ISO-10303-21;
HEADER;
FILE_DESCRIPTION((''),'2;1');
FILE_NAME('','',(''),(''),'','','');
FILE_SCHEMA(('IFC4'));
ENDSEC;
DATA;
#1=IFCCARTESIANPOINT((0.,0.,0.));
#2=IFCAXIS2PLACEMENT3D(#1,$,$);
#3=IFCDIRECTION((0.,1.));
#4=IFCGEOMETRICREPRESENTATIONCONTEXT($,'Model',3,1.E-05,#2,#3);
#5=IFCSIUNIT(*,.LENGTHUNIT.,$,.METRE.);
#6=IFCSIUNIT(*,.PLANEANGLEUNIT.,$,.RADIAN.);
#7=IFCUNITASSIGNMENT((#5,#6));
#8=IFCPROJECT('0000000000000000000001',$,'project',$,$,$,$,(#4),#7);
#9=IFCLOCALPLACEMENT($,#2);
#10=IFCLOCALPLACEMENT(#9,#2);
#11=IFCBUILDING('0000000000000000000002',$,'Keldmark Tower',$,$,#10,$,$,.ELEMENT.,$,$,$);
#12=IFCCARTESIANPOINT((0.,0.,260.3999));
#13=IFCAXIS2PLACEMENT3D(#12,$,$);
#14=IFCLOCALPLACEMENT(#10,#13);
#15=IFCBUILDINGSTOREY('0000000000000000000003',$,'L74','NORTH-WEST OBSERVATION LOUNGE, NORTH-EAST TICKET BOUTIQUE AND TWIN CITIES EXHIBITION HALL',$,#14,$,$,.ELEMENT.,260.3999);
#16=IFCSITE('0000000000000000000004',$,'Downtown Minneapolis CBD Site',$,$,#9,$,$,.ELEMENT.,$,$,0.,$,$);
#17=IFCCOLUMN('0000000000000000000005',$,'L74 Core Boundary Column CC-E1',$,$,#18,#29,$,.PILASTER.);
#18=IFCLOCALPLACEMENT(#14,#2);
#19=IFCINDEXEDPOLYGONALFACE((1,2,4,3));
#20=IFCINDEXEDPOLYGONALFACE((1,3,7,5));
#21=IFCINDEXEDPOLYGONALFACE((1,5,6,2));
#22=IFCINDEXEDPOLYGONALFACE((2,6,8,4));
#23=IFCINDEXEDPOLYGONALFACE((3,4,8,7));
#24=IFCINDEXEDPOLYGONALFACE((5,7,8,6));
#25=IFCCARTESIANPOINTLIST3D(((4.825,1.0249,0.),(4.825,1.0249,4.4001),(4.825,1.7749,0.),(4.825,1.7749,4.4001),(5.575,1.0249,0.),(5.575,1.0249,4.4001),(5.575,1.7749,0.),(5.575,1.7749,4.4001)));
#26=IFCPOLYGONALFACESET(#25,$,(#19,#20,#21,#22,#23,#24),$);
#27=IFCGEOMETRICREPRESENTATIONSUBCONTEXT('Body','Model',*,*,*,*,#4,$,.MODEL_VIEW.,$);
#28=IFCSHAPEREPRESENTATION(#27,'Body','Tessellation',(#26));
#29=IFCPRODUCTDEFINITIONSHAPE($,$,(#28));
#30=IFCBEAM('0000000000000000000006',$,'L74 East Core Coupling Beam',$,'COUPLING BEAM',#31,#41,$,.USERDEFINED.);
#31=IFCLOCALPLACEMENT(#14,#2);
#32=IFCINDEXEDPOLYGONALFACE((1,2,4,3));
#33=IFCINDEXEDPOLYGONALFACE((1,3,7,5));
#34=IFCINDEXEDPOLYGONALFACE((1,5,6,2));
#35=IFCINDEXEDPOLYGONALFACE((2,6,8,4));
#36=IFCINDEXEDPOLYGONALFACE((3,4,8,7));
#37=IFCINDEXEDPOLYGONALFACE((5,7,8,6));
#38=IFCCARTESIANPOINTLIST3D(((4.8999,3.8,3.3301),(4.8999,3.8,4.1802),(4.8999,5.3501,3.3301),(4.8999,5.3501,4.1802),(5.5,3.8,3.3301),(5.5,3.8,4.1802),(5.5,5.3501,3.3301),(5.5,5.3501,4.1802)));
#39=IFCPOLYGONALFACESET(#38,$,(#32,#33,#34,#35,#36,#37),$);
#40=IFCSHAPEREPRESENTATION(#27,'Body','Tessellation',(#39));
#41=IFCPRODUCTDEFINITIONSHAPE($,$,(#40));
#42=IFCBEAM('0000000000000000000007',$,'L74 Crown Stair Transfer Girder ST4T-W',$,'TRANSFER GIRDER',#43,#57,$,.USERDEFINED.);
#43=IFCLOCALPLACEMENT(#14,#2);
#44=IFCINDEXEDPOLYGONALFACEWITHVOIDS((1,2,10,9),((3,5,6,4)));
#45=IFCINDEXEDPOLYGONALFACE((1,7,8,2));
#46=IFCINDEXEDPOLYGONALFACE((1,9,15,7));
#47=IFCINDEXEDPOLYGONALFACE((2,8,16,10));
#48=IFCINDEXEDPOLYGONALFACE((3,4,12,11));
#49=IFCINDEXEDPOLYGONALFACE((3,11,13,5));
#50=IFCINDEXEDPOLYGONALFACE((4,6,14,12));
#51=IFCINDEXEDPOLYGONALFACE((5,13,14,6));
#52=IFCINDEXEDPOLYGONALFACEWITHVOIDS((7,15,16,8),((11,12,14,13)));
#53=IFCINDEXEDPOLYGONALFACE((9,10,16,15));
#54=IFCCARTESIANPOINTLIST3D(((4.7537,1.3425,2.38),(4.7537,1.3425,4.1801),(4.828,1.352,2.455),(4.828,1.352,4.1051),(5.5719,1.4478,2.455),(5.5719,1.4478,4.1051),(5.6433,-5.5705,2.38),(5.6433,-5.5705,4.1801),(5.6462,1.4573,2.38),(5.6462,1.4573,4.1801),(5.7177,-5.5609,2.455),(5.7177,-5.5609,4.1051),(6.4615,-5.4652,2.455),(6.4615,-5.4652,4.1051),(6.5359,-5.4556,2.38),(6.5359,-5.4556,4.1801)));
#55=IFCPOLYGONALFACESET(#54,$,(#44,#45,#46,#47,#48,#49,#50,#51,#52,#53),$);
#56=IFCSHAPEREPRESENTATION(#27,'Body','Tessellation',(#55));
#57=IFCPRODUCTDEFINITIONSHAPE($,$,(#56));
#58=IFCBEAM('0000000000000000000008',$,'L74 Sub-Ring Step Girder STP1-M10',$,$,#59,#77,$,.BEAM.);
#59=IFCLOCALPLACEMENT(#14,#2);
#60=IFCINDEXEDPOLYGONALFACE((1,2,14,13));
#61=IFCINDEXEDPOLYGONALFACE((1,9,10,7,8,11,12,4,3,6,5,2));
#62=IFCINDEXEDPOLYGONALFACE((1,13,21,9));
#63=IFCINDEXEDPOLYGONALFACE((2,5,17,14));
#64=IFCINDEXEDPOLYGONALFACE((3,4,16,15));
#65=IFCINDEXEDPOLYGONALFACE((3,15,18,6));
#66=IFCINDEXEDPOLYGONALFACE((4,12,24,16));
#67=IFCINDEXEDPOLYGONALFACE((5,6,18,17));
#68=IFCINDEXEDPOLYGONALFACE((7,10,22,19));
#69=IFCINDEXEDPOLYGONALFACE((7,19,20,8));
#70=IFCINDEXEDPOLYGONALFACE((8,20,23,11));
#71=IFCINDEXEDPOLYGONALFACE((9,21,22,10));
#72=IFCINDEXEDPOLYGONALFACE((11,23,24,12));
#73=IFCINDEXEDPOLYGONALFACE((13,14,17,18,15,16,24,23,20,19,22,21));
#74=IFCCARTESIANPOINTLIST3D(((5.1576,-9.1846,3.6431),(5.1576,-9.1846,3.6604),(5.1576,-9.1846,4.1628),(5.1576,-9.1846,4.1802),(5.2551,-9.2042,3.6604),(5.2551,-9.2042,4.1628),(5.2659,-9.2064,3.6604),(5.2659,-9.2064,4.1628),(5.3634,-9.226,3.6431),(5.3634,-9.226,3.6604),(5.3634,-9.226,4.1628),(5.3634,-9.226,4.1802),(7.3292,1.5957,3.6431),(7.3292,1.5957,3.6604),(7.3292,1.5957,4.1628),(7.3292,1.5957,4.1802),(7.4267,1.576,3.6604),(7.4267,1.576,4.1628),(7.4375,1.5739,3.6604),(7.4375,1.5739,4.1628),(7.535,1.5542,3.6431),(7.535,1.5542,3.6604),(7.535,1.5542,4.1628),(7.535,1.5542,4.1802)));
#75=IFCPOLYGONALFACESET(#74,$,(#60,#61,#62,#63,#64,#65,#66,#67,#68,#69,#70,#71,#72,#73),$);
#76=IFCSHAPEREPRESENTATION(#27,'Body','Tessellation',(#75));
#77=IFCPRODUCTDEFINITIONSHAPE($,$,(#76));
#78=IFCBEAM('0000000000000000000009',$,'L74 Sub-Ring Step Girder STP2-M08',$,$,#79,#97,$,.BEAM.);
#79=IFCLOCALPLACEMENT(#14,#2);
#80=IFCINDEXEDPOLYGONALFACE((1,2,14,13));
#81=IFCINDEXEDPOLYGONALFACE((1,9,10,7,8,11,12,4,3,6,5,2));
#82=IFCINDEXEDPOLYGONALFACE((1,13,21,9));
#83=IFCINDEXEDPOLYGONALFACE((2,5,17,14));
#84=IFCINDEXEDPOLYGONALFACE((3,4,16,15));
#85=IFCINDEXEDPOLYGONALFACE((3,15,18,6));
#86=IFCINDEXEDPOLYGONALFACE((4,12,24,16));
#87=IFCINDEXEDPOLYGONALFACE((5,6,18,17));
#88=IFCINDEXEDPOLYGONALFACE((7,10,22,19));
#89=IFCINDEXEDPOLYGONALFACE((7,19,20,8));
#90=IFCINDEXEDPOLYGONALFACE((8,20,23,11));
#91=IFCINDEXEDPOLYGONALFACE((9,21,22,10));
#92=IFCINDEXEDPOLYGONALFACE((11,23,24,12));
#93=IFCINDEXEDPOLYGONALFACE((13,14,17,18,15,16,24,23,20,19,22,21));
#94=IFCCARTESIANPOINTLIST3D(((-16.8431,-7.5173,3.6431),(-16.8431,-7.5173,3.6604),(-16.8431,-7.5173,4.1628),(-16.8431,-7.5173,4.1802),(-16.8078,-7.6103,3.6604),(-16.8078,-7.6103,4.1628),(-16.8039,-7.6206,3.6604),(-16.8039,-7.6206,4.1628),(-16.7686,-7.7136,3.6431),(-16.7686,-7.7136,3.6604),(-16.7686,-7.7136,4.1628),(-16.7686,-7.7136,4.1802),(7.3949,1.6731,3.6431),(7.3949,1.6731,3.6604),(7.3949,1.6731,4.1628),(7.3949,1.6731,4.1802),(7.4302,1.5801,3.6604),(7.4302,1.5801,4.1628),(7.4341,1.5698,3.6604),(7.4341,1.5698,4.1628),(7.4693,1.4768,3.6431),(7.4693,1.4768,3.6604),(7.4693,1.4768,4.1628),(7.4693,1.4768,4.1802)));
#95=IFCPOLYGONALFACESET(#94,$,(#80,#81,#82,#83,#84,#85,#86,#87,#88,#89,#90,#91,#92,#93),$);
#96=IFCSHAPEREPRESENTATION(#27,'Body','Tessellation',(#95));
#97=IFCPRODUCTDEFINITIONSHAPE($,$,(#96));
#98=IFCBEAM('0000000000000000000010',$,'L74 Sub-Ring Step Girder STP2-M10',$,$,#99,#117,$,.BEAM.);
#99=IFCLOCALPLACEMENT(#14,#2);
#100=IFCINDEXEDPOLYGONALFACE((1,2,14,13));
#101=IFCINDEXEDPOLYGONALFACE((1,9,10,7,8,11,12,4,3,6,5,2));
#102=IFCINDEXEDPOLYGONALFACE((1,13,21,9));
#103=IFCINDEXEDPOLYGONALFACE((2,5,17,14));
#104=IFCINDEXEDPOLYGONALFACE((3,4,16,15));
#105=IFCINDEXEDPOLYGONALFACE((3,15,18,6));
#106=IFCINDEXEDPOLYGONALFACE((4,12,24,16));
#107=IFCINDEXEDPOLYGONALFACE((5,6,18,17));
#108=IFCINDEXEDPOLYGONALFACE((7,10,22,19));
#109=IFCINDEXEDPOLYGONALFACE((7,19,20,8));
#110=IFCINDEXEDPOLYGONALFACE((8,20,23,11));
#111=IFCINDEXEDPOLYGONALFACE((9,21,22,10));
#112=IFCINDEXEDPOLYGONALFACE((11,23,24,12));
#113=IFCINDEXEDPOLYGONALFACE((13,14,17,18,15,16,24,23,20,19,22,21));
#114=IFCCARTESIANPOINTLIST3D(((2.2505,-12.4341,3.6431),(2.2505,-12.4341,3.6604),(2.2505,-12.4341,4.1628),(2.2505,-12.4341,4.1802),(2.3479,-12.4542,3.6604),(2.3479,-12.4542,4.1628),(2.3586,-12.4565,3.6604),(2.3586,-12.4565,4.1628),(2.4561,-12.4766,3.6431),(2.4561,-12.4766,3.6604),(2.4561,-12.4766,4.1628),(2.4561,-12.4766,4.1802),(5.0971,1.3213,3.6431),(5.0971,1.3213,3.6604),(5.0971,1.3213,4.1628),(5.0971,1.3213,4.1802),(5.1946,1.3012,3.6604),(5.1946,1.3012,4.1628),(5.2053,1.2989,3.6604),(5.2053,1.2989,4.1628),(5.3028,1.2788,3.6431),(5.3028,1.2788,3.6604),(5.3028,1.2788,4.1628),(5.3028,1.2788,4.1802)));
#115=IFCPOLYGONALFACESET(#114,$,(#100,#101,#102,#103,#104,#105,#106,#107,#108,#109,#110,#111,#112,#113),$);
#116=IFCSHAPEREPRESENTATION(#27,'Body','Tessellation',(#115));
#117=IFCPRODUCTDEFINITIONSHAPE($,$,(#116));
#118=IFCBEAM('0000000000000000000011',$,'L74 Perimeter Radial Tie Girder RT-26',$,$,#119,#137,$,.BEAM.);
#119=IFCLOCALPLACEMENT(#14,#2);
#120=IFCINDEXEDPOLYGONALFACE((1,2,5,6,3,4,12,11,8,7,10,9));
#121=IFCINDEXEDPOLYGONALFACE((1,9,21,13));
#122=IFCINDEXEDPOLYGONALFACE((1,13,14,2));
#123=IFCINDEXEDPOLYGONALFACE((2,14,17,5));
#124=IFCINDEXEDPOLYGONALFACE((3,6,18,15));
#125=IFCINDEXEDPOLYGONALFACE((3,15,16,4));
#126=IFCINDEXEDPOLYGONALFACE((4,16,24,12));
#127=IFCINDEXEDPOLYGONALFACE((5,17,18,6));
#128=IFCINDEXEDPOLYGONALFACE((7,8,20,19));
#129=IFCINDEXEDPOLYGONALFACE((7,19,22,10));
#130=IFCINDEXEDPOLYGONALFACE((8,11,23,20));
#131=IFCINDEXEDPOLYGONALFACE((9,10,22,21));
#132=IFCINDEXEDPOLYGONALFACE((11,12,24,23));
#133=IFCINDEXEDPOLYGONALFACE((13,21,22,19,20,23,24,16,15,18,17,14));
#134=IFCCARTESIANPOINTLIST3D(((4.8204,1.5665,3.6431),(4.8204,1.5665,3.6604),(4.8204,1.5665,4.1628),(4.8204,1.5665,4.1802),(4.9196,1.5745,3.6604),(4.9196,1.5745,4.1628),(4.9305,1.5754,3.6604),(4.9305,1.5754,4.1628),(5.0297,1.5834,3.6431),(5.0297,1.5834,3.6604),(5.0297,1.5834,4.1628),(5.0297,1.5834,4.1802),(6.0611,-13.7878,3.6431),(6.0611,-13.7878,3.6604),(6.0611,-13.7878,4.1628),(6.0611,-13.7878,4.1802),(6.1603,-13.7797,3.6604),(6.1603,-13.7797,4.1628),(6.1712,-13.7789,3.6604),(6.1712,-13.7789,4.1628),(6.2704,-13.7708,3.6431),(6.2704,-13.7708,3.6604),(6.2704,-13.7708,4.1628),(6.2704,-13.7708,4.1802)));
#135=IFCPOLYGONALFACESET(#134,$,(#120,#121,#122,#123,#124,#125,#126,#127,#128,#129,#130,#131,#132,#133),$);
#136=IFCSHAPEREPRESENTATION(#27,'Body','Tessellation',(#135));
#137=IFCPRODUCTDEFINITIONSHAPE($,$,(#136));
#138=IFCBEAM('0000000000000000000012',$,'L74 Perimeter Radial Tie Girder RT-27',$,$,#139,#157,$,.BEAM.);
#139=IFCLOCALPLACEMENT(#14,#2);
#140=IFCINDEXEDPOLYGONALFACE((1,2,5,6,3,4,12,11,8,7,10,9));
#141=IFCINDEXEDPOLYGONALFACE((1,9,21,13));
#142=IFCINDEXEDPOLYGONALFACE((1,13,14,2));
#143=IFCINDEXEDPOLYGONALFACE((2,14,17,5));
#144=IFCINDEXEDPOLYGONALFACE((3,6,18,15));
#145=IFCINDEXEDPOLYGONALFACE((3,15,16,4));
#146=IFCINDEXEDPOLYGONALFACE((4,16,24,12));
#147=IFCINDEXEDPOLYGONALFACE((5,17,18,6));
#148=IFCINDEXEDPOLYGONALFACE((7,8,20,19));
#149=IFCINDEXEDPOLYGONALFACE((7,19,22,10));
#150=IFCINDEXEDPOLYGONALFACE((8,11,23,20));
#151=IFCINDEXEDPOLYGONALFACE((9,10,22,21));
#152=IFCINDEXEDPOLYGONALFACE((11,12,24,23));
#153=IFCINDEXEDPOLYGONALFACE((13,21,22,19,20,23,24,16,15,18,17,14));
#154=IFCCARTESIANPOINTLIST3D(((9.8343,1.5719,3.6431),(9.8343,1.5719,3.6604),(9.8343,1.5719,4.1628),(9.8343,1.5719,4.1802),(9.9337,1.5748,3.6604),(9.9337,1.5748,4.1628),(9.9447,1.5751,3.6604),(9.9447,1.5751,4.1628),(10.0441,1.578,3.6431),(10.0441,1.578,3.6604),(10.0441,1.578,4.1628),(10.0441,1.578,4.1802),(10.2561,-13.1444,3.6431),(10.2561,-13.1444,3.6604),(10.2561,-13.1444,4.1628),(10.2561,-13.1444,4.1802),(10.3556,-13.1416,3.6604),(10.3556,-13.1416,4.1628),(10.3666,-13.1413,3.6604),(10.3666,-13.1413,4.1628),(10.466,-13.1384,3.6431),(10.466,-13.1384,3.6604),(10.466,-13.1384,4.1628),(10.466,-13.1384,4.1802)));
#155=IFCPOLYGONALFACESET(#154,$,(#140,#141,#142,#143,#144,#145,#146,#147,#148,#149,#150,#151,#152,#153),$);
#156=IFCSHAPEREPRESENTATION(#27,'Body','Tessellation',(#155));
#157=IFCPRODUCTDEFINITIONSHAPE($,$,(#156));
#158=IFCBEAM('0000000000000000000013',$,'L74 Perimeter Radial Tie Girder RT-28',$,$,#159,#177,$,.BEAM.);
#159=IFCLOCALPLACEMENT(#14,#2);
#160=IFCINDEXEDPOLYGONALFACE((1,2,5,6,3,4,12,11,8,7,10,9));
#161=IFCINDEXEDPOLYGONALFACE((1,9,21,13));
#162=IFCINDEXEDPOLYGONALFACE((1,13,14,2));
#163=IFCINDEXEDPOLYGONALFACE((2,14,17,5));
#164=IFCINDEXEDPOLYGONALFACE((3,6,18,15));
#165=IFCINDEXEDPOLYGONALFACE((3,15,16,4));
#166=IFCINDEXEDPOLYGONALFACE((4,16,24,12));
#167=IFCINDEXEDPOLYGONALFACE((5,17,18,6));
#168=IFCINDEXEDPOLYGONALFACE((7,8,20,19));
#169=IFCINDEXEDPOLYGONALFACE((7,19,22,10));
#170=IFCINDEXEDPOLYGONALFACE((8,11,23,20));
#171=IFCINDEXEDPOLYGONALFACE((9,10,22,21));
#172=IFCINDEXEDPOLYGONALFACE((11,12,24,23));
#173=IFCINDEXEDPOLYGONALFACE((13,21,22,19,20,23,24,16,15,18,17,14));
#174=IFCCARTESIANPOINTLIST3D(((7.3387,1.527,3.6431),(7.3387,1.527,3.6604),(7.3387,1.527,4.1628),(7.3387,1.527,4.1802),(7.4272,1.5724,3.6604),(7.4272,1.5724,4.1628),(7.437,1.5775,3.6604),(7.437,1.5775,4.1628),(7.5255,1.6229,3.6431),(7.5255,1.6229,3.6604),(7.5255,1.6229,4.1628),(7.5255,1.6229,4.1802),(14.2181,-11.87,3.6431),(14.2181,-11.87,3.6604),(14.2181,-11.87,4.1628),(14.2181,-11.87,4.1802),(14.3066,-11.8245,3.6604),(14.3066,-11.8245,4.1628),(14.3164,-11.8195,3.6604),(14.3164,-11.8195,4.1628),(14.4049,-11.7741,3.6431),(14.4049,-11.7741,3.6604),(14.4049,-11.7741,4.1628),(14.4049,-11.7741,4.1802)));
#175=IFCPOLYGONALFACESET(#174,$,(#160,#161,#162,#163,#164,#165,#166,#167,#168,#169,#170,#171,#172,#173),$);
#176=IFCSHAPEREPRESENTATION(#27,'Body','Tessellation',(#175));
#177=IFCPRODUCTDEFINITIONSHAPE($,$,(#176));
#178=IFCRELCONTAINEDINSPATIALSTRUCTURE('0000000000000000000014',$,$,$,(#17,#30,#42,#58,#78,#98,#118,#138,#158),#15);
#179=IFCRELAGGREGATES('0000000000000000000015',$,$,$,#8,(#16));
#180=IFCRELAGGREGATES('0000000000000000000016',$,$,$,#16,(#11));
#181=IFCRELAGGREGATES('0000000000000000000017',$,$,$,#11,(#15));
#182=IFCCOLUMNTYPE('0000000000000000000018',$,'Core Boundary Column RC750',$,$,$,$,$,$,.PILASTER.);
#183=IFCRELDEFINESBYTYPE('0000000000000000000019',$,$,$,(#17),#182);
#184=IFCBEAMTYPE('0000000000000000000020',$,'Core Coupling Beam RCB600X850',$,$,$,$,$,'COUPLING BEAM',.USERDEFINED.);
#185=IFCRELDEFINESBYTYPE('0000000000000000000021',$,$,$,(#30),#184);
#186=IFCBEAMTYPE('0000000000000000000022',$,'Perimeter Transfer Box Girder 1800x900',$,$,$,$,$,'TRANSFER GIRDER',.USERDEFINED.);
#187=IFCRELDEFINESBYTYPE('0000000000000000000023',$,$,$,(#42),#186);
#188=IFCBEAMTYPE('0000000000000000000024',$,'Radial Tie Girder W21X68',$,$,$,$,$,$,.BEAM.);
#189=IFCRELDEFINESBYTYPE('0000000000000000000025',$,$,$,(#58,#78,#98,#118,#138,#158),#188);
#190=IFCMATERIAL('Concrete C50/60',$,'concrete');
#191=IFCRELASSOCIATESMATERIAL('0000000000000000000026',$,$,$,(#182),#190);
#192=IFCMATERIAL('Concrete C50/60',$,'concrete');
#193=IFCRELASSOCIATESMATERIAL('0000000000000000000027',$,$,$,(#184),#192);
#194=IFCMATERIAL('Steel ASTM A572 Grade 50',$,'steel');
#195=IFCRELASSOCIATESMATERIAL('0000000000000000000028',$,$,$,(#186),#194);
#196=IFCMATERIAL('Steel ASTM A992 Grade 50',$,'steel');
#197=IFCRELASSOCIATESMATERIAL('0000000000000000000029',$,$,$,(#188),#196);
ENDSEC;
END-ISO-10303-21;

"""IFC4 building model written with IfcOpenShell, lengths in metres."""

from ifc_helpers import new_model, si_unit, direction, frame, origin, origin_2d, place, context, subcontext, project, spatial, rectangle, hollow_rectangle, i_section, extrude, material, material_profile, profile_set, type_object, element, save


model = new_model("IFC4")

# Units and contexts
model_context = context("Model", 3, precision=1e-05, world=origin(), true_north=direction((0.0, 1.0)))
body_context = subcontext(model_context, "Body", "Model", "MODEL_VIEW")
ifc_project = project(units=[si_unit("LENGTHUNIT", "METRE"), si_unit("PLANEANGLEUNIT", "RADIAN")], contexts=[model_context])

# Site, building, storey
site_placement = place(None, origin())
site = spatial("IfcSite", under=ifc_project, at=site_placement, Name="Downtown Minneapolis CBD Site", CompositionType="ELEMENT", RefElevation=0.0)
building_placement = place(site_placement, origin())
building = spatial("IfcBuilding", under=site, at=building_placement, Name="Keldmark Tower", CompositionType="ELEMENT")
storey_placement = place(building_placement, frame((0.0, 0.0, 260.3999)))
storey = spatial("IfcBuildingStorey", under=building, at=storey_placement, Name="L74", Description="NORTH-WEST OBSERVATION LOUNGE, NORTH-EAST TICKET BOUTIQUE AND TWIN CITIES EXHIBITION HALL", CompositionType="ELEMENT", Elevation=260.3999)

# Column
ifc_material_1 = material(Name="Concrete C50/60", Category="concrete")
ifc_material_profile_1 = material_profile(ifc_material_1, rectangle(XDim=0.75, YDim=0.75, at=origin_2d()), Name="RC750X750")
ifc_profile_set_1 = profile_set([ifc_material_profile_1], Name="Concrete C50/60")
column_type = type_object("IfcColumnType", Name="Core Boundary Column RC750", PredefinedType="PILASTER", material=ifc_profile_set_1)
column_placement = place(storey_placement, frame((5.2, 1.3999, 0.0), z_axis=(0.0, 0.0, 1.0), x_axis=(1.0, 0.0, 0.0)))
element("IfcColumn", 1, at=column_placement, inside=storey, type_object=column_type, Name="L74 Core Boundary Column CC-E1", PredefinedType="PILASTER", context=body_context, shape_type="SweptSolid", body=[
    extrude(rectangle(XDim=0.75, YDim=0.75, at=origin_2d()), origin(), (0.0, 0.0, 1.0), 4.4001),
])

# Beams
ifc_material_2 = material(Name="Concrete C50/60", Category="concrete")
ifc_material_profile_2 = material_profile(ifc_material_2, rectangle(XDim=0.6001, YDim=0.8501, at=origin_2d()), Name="RCB600X850")
ifc_profile_set_2 = profile_set([ifc_material_profile_2], Name="Concrete C50/60")
beam_type_1 = type_object("IfcBeamType", Name="Core Coupling Beam RCB600X850", ElementType="COUPLING BEAM", PredefinedType="USERDEFINED", material=ifc_profile_set_2)
beam_1_placement = place(storey_placement, frame((5.2, 3.8, 3.7551), z_axis=(0.0, 1.0, 0.0), x_axis=(-1.0, 0.0, 0.0)))
element("IfcBeam", 2, at=beam_1_placement, inside=storey, type_object=beam_type_1, Name="L74 East Core Coupling Beam", ObjectType="COUPLING BEAM", PredefinedType="USERDEFINED", context=body_context, shape_type="SweptSolid", body=[
    extrude(rectangle(XDim=0.6001, YDim=0.8501, at=origin_2d()), origin(), (0.0, 0.0, 1.0), 1.55),
])
ifc_material_3 = material(Name="Steel ASTM A572 Grade 50", Category="steel")
ifc_material_profile_3 = material_profile(ifc_material_3, hollow_rectangle(XDim=0.8999, YDim=1.8, WallThickness=0.075, at=origin_2d()), Name="TBOX1800X900X75")
ifc_profile_set_3 = profile_set([ifc_material_profile_3], Name="Steel ASTM A572 Grade 50")
beam_type_2 = type_object("IfcBeamType", Name="Perimeter Transfer Box Girder 1800x900", ElementType="TRANSFER GIRDER", PredefinedType="USERDEFINED", material=ifc_profile_set_3)
beam_2_placement = place(storey_placement, frame((5.2, 1.3999, 3.28), z_axis=(0.127642, -0.99182, 0.0), x_axis=(0.99182, 0.127642, 0.0)))
element("IfcBeam", 3, at=beam_2_placement, inside=storey, type_object=beam_type_2, Name="L74 Crown Stair Transfer Girder ST4T-W", ObjectType="TRANSFER GIRDER", PredefinedType="USERDEFINED", context=body_context, shape_type="SweptSolid", body=[
    extrude(hollow_rectangle(XDim=0.8999, YDim=1.8, WallThickness=0.075, at=origin_2d()), origin(), (0.0, 0.0, 1.0), 6.97),
])
ifc_material_4 = material(Name="Steel ASTM A992 Grade 50", Category="steel")
ifc_material_profile_4 = material_profile(ifc_material_4, i_section(OverallWidth=0.21, OverallDepth=0.5371, WebThickness=0.011, FlangeThickness=0.0173, at=origin_2d()), Name="W21X68")
ifc_profile_set_4 = profile_set([ifc_material_profile_4], Name="Steel ASTM A992 Grade 50")
beam_type_3 = type_object("IfcBeamType", Name="Radial Tie Girder W21X68", PredefinedType="BEAM", material=ifc_profile_set_4)
beam_3_placement = place(storey_placement, frame((7.4321, 1.575, 3.9116), z_axis=(-0.197478, -0.980307, 0.0), x_axis=(0.980307, -0.197478, 0.0)))
element("IfcBeam", 4, at=beam_3_placement, inside=storey, type_object=beam_type_3, Name="L74 Sub-Ring Step Girder STP1-M10", PredefinedType="BEAM", context=body_context, shape_type="SweptSolid", body=[
    extrude(i_section(OverallWidth=0.21, OverallDepth=0.5371, WebThickness=0.011, FlangeThickness=0.0173, at=origin_2d()), origin(), (0.0, 0.0, 1.0), 10.9968),
])
beam_4_placement = place(storey_placement, frame((7.4321, 1.575, 3.9116), z_axis=(-0.93504, -0.354543, 0.0), x_axis=(0.354543, -0.93504, 0.0)))
element("IfcBeam", 5, at=beam_4_placement, inside=storey, type_object=beam_type_3, Name="L74 Sub-Ring Step Girder STP2-M08", PredefinedType="BEAM", context=body_context, shape_type="SweptSolid", body=[
    extrude(i_section(OverallWidth=0.21, OverallDepth=0.5371, WebThickness=0.011, FlangeThickness=0.0173, at=origin_2d()), origin(), (0.0, 0.0, 1.0), 25.9219),
])
beam_5_placement = place(storey_placement, frame((5.2, 1.3, 3.9116), z_axis=(-0.202656, -0.97925, 0.0), x_axis=(0.97925, -0.202656, 0.0)))
element("IfcBeam", 6, at=beam_5_placement, inside=storey, type_object=beam_type_3, Name="L74 Sub-Ring Step Girder STP2-M10", PredefinedType="BEAM", context=body_context, shape_type="SweptSolid", body=[
    extrude(i_section(OverallWidth=0.21, OverallDepth=0.5371, WebThickness=0.011, FlangeThickness=0.0173, at=origin_2d()), origin(), (0.0, 0.0, 1.0), 14.0469),
])
beam_6_placement = place(storey_placement, frame((4.925, 1.575, 3.9116), z_axis=(0.080544, -0.996751, 0.0), x_axis=(0.996751, 0.080544, 0.0)))
element("IfcBeam", 7, at=beam_6_placement, inside=storey, type_object=beam_type_3, Name="L74 Perimeter Radial Tie Girder RT-26", PredefinedType="BEAM", context=body_context, shape_type="SweptSolid", body=[
    extrude(i_section(OverallWidth=0.21, OverallDepth=0.5371, WebThickness=0.011, FlangeThickness=0.0173, at=origin_2d()), origin(), (0.0, 0.0, 1.0), 15.4043),
])
beam_7_placement = place(storey_placement, frame((9.9392, 1.575, 3.9116), z_axis=(0.028655, -0.999589, 0.0), x_axis=(0.999589, 0.028655, 0.0)))
element("IfcBeam", 8, at=beam_7_placement, inside=storey, type_object=beam_type_3, Name="L74 Perimeter Radial Tie Girder RT-27", PredefinedType="BEAM", context=body_context, shape_type="SweptSolid", body=[
    extrude(i_section(OverallWidth=0.21, OverallDepth=0.5371, WebThickness=0.011, FlangeThickness=0.0173, at=origin_2d()), origin(), (0.0, 0.0, 1.0), 14.7224),
])
beam_8_placement = place(storey_placement, frame((7.4321, 1.575, 3.9116), z_axis=(0.456798, -0.889571, 0.0), x_axis=(0.889571, 0.456798, 0.0)))
element("IfcBeam", 9, at=beam_8_placement, inside=storey, type_object=beam_type_3, Name="L74 Perimeter Radial Tie Girder RT-28", PredefinedType="BEAM", context=body_context, shape_type="SweptSolid", body=[
    extrude(i_section(OverallWidth=0.21, OverallDepth=0.5371, WebThickness=0.011, FlangeThickness=0.0173, at=origin_2d()), origin(), (0.0, 0.0, 1.0), 15.0601),
])

save(model, "model.ifc")
